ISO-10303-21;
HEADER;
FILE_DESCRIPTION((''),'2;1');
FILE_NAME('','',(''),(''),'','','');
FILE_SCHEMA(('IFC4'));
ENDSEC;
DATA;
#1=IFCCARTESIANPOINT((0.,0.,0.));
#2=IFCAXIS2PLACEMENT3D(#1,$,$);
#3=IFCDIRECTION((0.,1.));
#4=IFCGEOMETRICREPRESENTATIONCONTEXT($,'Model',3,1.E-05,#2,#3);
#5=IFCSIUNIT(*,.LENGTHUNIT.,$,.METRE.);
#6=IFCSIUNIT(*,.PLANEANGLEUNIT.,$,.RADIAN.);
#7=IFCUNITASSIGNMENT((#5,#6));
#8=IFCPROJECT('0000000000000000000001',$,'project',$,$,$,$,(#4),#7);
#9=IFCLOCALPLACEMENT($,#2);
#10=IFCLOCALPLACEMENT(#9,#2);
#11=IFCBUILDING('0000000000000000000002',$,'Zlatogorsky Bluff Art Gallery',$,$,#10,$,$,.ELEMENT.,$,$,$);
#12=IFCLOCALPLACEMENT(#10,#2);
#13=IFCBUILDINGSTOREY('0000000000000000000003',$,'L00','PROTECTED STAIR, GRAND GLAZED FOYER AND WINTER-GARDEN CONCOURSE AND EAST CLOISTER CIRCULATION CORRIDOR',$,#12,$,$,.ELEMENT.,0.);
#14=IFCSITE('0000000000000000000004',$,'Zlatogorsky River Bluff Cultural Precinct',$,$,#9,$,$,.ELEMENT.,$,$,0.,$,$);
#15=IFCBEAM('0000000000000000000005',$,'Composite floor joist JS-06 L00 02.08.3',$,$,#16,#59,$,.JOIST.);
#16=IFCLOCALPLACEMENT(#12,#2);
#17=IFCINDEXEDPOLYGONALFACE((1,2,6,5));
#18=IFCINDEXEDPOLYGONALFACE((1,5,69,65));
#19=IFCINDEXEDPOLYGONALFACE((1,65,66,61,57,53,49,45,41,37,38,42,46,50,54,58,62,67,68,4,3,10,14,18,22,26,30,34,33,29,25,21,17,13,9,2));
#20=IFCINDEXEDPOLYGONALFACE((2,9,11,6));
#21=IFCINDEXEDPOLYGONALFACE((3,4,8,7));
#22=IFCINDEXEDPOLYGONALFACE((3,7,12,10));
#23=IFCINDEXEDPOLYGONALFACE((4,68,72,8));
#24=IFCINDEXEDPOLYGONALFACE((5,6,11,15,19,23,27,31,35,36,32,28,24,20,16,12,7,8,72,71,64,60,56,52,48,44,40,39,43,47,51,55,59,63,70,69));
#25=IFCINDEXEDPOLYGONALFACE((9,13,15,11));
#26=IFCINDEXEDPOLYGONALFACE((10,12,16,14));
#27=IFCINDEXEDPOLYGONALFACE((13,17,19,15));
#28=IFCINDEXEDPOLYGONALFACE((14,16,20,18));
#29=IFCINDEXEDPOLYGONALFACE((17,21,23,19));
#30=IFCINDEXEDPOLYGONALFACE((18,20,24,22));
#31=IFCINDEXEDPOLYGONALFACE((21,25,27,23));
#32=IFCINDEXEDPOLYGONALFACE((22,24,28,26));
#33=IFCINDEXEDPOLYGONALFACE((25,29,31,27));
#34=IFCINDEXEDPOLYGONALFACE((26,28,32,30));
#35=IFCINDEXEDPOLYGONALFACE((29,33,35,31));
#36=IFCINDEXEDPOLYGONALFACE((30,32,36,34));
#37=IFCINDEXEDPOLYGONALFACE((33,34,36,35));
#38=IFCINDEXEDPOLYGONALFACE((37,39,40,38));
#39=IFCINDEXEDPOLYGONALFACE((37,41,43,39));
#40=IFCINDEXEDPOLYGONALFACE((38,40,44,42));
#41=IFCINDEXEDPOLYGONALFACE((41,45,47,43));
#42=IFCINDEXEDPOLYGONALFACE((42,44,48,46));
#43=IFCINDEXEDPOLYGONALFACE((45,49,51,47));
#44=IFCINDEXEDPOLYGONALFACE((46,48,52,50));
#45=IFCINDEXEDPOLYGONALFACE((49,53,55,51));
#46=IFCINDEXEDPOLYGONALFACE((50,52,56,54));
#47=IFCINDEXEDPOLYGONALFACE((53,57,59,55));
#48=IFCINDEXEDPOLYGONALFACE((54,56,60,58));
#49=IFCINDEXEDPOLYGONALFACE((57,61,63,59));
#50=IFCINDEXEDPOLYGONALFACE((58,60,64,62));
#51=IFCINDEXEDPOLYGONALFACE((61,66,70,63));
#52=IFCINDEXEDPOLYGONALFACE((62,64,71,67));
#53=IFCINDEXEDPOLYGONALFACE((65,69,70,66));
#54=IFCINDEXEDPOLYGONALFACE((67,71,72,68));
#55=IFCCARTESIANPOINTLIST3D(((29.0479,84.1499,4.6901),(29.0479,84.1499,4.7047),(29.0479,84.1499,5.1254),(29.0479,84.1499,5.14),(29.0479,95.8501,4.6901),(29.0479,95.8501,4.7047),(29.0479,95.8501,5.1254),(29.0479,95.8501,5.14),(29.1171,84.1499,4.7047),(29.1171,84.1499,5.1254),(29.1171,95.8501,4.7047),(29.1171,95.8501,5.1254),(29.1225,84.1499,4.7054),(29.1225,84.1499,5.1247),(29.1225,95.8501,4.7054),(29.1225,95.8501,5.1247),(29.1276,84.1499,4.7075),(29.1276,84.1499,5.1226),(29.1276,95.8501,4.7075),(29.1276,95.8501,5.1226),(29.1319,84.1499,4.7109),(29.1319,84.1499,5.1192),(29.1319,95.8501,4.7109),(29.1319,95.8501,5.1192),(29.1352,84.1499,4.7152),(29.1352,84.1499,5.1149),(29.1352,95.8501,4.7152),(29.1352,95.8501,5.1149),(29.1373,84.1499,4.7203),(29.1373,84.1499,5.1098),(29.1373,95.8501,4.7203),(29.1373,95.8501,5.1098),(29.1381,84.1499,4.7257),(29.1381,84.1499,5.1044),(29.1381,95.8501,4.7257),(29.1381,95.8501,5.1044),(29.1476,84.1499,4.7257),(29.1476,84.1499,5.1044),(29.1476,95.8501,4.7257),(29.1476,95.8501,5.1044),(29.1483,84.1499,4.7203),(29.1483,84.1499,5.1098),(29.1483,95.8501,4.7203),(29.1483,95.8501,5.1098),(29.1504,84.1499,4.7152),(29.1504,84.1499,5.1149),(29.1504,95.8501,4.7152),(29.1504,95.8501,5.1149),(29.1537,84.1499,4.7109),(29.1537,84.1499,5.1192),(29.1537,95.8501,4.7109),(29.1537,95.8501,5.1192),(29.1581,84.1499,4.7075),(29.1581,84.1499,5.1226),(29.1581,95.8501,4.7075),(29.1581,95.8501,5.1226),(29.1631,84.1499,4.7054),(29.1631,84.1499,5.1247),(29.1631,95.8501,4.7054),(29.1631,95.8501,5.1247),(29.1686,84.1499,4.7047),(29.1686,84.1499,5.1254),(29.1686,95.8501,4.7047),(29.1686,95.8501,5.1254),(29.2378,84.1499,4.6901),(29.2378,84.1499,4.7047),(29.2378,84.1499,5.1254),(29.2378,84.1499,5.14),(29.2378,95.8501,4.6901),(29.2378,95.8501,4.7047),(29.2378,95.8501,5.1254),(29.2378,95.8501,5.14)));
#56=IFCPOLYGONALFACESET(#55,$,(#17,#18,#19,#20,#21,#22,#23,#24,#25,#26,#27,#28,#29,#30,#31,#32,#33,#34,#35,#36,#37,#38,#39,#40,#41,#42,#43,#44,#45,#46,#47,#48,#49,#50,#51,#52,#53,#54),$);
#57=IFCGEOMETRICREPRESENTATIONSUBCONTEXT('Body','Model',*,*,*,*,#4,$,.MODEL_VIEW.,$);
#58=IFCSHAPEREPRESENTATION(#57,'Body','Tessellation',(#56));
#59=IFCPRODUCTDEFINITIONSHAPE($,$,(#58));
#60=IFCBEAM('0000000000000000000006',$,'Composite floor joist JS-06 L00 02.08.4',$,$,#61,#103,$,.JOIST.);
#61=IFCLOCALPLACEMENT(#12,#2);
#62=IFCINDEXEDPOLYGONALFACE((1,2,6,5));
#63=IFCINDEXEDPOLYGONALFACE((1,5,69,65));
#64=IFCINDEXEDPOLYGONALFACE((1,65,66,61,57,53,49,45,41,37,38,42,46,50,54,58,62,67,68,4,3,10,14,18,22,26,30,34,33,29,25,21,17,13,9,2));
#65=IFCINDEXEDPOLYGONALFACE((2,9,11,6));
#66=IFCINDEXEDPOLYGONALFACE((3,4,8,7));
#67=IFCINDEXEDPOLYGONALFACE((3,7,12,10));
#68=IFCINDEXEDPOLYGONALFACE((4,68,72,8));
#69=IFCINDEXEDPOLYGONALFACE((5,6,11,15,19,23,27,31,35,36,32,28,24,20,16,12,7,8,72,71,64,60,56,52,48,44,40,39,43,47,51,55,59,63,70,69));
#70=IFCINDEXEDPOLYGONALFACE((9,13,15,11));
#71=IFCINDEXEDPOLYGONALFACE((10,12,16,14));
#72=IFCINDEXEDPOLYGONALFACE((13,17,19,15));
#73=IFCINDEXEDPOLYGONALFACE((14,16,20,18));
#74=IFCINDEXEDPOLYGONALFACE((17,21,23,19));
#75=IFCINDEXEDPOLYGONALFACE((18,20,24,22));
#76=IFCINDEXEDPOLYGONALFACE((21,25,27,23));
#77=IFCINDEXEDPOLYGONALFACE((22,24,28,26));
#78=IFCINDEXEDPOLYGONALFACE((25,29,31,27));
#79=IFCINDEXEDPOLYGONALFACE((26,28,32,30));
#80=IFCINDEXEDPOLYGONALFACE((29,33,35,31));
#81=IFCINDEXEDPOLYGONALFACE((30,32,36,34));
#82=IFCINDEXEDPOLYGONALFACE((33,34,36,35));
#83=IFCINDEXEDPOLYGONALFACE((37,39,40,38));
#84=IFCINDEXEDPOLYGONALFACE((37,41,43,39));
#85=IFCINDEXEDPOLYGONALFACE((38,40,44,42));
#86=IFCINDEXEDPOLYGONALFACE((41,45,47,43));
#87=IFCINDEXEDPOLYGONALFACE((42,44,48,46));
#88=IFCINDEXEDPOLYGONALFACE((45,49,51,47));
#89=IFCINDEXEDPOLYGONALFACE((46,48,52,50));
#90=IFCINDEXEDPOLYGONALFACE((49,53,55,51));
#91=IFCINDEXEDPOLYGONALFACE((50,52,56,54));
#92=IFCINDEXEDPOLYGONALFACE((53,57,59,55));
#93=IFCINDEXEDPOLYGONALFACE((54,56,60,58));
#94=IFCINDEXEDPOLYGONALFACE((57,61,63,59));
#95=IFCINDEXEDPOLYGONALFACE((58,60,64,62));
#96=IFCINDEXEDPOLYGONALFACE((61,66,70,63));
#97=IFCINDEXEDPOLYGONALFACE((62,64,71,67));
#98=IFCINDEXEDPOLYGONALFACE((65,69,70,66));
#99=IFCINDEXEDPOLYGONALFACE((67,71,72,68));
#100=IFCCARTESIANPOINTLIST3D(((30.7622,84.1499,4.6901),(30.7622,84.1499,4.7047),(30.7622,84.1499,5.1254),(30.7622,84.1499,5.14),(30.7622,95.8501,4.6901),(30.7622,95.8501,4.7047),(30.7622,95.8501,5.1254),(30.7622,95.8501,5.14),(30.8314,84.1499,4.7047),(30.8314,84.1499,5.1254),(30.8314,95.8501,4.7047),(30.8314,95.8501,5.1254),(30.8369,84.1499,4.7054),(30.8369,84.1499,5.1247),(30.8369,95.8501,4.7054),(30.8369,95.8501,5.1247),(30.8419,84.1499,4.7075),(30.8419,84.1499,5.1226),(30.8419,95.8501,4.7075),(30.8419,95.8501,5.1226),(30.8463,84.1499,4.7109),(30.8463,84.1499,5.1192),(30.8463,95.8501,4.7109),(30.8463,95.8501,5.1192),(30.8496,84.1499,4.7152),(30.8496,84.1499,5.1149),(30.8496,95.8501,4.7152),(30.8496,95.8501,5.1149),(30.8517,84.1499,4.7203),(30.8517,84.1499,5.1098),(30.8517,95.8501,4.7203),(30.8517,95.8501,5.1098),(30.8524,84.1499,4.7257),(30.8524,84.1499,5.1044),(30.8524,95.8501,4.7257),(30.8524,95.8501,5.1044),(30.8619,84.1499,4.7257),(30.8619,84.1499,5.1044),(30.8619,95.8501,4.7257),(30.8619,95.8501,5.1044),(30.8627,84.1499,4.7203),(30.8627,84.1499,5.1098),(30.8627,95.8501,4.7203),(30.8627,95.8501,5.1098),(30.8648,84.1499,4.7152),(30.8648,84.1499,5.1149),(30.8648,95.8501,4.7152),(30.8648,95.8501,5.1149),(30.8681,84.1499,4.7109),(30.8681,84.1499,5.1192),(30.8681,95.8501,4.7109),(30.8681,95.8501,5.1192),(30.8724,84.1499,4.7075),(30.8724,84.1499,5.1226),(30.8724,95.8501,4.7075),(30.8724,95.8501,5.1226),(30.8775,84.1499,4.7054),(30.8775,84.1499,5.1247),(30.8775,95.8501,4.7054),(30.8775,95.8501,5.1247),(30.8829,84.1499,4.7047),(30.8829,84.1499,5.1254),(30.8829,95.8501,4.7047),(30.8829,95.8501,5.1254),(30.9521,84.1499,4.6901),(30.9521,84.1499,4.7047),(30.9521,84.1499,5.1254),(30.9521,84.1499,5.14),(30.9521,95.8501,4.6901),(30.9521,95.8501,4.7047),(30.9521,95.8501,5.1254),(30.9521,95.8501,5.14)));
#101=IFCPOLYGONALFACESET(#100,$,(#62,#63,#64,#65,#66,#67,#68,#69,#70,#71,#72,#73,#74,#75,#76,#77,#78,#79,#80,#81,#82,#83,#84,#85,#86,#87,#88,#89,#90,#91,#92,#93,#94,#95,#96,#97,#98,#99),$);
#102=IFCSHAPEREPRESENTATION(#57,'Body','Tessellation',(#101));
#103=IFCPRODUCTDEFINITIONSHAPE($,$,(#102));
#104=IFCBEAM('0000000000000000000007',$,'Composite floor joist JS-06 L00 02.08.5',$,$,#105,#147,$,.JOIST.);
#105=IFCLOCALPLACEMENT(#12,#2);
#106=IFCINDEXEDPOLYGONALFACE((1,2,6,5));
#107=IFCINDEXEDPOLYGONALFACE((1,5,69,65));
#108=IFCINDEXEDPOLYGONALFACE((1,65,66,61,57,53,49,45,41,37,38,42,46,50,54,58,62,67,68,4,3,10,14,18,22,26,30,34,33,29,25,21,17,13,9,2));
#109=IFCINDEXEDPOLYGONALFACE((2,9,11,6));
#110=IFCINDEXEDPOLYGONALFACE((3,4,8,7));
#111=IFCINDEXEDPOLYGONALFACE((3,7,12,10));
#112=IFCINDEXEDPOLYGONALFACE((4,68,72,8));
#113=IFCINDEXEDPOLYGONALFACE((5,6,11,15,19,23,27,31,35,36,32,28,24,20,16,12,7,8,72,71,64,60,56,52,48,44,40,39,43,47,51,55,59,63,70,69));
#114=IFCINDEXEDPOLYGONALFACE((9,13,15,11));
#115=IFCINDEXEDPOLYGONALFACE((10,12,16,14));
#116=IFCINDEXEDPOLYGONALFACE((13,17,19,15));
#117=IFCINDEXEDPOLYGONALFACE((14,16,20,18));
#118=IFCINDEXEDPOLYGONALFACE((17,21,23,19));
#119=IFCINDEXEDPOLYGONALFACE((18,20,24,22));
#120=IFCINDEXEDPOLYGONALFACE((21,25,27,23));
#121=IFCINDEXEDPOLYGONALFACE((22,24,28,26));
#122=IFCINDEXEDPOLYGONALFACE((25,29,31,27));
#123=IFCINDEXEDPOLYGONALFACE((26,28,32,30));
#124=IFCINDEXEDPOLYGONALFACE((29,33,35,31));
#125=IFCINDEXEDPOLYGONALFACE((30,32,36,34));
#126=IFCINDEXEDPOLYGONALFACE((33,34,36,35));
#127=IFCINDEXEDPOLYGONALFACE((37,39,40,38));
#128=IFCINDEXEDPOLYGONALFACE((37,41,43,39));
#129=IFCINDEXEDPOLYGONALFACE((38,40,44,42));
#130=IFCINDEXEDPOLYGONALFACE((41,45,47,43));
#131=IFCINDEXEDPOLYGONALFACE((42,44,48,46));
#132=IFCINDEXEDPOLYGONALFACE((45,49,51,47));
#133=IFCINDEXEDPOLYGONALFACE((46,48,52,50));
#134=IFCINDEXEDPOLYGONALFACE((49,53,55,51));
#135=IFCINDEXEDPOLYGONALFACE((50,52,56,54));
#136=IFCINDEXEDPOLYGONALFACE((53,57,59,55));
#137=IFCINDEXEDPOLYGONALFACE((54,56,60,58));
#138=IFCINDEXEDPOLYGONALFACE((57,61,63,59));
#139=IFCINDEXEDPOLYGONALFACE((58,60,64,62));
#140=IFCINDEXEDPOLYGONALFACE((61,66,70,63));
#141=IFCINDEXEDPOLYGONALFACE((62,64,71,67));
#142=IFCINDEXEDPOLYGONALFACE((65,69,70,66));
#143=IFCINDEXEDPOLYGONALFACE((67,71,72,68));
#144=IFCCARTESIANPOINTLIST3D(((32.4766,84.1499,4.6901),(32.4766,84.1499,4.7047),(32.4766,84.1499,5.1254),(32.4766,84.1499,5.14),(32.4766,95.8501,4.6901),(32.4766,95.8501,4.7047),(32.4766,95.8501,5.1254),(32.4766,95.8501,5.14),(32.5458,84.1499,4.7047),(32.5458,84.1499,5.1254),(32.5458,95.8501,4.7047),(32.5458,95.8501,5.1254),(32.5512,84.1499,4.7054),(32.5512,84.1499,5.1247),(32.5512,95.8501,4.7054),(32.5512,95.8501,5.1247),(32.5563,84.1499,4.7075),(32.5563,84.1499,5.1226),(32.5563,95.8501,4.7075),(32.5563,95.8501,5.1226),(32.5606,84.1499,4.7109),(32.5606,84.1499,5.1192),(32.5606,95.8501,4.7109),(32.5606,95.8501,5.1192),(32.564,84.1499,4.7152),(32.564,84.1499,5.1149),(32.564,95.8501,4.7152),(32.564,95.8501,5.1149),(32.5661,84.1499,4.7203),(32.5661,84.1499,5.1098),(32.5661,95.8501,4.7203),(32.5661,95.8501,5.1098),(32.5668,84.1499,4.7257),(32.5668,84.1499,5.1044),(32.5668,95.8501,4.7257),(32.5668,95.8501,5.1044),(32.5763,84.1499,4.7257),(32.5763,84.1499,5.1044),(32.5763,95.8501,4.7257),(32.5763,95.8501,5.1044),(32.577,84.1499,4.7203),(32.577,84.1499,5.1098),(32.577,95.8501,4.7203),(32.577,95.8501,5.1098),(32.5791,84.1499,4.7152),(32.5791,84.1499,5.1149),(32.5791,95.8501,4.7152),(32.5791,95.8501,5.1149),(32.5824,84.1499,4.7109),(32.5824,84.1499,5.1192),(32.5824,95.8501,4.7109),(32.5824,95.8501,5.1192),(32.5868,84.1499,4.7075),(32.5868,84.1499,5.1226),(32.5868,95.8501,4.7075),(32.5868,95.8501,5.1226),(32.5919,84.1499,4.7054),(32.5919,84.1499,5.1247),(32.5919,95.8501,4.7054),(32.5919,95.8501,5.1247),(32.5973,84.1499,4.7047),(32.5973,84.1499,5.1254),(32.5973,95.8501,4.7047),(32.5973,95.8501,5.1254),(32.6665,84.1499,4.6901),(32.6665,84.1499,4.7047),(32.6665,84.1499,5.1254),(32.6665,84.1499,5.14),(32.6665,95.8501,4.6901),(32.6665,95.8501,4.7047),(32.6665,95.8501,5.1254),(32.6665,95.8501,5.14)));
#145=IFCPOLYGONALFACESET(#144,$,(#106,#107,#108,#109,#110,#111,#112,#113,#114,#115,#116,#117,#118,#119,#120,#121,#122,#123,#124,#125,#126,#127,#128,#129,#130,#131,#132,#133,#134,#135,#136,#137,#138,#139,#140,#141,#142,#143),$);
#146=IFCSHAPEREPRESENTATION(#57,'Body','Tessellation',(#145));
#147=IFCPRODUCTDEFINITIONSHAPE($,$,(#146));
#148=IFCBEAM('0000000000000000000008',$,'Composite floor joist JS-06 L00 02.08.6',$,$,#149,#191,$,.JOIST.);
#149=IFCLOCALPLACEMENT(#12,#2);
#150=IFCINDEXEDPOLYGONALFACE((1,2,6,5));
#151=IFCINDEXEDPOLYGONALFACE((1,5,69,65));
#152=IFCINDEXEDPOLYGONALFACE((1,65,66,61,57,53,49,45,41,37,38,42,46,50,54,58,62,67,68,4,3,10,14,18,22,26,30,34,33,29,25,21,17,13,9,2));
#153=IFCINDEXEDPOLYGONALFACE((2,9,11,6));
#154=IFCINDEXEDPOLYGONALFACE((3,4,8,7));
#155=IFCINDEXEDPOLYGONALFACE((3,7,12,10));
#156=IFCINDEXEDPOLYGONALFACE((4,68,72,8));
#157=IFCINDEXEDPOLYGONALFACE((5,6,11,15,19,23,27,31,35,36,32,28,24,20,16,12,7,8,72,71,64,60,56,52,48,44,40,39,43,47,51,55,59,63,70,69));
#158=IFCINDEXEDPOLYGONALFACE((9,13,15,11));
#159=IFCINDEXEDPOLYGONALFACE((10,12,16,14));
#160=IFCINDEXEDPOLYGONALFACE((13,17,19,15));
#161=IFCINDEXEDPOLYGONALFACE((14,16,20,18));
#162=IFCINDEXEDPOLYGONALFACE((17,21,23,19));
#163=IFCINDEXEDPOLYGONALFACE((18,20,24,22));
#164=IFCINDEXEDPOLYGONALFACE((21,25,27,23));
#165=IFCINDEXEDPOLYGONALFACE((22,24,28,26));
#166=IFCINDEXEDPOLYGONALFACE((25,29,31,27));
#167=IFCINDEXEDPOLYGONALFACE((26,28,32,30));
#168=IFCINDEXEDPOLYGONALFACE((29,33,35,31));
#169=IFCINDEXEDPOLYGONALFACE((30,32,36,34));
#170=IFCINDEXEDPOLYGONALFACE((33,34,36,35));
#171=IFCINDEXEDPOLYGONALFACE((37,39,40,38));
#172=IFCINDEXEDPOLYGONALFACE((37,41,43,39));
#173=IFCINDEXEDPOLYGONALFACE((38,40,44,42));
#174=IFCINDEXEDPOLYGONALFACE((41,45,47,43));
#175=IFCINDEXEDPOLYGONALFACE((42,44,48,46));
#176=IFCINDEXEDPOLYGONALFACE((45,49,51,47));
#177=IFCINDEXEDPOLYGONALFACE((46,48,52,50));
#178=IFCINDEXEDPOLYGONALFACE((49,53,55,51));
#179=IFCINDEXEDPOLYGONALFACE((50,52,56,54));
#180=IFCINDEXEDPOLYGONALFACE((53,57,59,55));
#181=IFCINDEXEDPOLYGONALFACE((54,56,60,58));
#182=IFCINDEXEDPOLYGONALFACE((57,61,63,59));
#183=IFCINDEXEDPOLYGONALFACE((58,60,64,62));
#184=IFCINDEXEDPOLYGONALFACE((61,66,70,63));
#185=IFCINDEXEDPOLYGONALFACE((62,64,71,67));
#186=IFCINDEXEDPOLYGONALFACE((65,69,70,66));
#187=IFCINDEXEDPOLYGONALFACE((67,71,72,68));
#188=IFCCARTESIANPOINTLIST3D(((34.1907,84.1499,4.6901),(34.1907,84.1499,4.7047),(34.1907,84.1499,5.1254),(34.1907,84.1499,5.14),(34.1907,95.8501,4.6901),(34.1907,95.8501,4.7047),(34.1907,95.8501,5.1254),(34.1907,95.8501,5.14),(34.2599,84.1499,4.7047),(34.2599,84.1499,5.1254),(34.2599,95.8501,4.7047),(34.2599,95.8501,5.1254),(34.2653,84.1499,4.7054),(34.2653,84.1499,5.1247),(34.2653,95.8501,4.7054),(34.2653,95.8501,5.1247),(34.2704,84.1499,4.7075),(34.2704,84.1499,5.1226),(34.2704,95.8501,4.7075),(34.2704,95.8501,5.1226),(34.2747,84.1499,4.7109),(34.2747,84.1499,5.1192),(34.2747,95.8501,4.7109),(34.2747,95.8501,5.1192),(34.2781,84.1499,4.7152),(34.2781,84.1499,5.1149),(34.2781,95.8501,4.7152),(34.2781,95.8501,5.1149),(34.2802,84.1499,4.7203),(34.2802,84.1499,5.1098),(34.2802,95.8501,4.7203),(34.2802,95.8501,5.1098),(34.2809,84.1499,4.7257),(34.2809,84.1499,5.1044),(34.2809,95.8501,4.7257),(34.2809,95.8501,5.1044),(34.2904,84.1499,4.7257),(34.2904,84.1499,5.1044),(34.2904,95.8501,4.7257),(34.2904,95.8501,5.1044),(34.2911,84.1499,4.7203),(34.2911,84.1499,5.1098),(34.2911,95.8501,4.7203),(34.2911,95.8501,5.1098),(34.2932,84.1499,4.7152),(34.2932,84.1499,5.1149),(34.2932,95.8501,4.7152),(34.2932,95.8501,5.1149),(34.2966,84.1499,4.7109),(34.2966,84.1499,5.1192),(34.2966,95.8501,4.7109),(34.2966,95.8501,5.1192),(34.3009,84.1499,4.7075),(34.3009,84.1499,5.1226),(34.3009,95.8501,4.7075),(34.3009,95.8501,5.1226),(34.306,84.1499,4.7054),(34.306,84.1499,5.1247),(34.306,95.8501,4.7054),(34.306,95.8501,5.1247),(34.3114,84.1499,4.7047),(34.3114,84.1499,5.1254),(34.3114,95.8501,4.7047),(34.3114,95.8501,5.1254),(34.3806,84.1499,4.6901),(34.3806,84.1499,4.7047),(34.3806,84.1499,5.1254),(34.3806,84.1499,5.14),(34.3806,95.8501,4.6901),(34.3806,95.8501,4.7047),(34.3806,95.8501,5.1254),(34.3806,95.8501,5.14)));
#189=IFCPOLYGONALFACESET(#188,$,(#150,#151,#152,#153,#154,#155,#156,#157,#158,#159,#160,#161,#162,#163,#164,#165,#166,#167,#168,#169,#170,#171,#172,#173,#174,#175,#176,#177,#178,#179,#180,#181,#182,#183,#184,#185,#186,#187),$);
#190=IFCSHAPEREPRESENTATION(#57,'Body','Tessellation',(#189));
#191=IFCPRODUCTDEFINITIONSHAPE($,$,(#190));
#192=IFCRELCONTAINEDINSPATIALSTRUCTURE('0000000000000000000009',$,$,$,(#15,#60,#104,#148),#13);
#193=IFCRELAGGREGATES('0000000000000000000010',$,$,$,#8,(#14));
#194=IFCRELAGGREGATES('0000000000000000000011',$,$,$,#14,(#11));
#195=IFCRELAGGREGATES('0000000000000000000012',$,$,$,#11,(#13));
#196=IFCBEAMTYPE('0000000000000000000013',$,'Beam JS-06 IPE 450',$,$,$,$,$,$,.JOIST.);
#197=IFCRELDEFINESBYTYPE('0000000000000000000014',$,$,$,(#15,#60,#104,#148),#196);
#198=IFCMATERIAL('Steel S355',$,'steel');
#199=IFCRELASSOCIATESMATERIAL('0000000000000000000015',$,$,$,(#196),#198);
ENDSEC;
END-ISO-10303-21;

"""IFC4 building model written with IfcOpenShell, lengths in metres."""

from ifc_helpers import new_model, si_unit, direction, frame, origin, origin_2d, place, context, subcontext, project, spatial, i_section, extrude, material, material_profile, profile_set, type_object, element, save


model = new_model("IFC4")

# Units and contexts
model_context = context("Model", 3, precision=1e-05, world=origin(), true_north=direction((0.0, 1.0)))
body_context = subcontext(model_context, "Body", "Model", "MODEL_VIEW")
ifc_project = project(units=[si_unit("LENGTHUNIT", "METRE"), si_unit("PLANEANGLEUNIT", "RADIAN")], contexts=[model_context])

# Site, building, storey
site_placement = place(None, origin())
site = spatial("IfcSite", under=ifc_project, at=site_placement, Name="Zlatogorsky River Bluff Cultural Precinct", CompositionType="ELEMENT", RefElevation=0.0)
building_placement = place(site_placement, origin())
building = spatial("IfcBuilding", under=site, at=building_placement, Name="Zlatogorsky Bluff Art Gallery", CompositionType="ELEMENT")
storey_placement = place(building_placement, origin())
storey = spatial("IfcBuildingStorey", under=building, at=storey_placement, Name="L00", Description="PROTECTED STAIR, GRAND GLAZED FOYER AND WINTER-GARDEN CONCOURSE AND EAST CLOISTER CIRCULATION CORRIDOR", CompositionType="ELEMENT", Elevation=0.0)

# Beams
ifc_material_1 = material(Name="Steel S355", Category="steel")
ifc_material_profile_1 = material_profile(ifc_material_1, i_section(OverallWidth=0.1899, OverallDepth=0.45, WebThickness=0.0095, FlangeThickness=0.0146, FilletRadius=0.021, at=origin_2d()), Name="IPE 450")
ifc_profile_set_1 = profile_set([ifc_material_profile_1], Name="Steel S355")
beam_type_1 = type_object("IfcBeamType", Name="Beam JS-06 IPE 450", PredefinedType="JOIST", material=ifc_profile_set_1)
for number, where, z_axis, x_axis, name in (
    (1, (29.1428, 84.1499, 4.915), (0.0, 1.0, 0.0), (-1.0, 0.0, 0.0), "Composite floor joist JS-06 L00 02.08.3"),
    (2, (30.8572, 84.1499, 4.915), (0.0, 1.0, 0.0), (-1.0, 0.0, 0.0), "Composite floor joist JS-06 L00 02.08.4"),
    (3, (32.5715, 84.1499, 4.915), (0.0, 1.0, 0.0), (-1.0, 0.0, 0.0), "Composite floor joist JS-06 L00 02.08.5"),
    (4, (34.2856, 84.1499, 4.915), (0.0, 1.0, 0.0), (-1.0, 0.0, 0.0), "Composite floor joist JS-06 L00 02.08.6"),
):
    element("IfcBeam", number, at=place(storey_placement, frame(where, z_axis=z_axis, x_axis=x_axis)), inside=storey, type_object=beam_type_1, Name=name, PredefinedType="JOIST", context=body_context, shape_type="SweptSolid", body=[
        extrude(i_section(OverallWidth=0.1899, OverallDepth=0.45, WebThickness=0.0095, FlangeThickness=0.0146, FilletRadius=0.021, at=origin_2d()), origin(), (0.0, 0.0, 1.0), 11.7002),
    ])

save(model, "model.ifc")
